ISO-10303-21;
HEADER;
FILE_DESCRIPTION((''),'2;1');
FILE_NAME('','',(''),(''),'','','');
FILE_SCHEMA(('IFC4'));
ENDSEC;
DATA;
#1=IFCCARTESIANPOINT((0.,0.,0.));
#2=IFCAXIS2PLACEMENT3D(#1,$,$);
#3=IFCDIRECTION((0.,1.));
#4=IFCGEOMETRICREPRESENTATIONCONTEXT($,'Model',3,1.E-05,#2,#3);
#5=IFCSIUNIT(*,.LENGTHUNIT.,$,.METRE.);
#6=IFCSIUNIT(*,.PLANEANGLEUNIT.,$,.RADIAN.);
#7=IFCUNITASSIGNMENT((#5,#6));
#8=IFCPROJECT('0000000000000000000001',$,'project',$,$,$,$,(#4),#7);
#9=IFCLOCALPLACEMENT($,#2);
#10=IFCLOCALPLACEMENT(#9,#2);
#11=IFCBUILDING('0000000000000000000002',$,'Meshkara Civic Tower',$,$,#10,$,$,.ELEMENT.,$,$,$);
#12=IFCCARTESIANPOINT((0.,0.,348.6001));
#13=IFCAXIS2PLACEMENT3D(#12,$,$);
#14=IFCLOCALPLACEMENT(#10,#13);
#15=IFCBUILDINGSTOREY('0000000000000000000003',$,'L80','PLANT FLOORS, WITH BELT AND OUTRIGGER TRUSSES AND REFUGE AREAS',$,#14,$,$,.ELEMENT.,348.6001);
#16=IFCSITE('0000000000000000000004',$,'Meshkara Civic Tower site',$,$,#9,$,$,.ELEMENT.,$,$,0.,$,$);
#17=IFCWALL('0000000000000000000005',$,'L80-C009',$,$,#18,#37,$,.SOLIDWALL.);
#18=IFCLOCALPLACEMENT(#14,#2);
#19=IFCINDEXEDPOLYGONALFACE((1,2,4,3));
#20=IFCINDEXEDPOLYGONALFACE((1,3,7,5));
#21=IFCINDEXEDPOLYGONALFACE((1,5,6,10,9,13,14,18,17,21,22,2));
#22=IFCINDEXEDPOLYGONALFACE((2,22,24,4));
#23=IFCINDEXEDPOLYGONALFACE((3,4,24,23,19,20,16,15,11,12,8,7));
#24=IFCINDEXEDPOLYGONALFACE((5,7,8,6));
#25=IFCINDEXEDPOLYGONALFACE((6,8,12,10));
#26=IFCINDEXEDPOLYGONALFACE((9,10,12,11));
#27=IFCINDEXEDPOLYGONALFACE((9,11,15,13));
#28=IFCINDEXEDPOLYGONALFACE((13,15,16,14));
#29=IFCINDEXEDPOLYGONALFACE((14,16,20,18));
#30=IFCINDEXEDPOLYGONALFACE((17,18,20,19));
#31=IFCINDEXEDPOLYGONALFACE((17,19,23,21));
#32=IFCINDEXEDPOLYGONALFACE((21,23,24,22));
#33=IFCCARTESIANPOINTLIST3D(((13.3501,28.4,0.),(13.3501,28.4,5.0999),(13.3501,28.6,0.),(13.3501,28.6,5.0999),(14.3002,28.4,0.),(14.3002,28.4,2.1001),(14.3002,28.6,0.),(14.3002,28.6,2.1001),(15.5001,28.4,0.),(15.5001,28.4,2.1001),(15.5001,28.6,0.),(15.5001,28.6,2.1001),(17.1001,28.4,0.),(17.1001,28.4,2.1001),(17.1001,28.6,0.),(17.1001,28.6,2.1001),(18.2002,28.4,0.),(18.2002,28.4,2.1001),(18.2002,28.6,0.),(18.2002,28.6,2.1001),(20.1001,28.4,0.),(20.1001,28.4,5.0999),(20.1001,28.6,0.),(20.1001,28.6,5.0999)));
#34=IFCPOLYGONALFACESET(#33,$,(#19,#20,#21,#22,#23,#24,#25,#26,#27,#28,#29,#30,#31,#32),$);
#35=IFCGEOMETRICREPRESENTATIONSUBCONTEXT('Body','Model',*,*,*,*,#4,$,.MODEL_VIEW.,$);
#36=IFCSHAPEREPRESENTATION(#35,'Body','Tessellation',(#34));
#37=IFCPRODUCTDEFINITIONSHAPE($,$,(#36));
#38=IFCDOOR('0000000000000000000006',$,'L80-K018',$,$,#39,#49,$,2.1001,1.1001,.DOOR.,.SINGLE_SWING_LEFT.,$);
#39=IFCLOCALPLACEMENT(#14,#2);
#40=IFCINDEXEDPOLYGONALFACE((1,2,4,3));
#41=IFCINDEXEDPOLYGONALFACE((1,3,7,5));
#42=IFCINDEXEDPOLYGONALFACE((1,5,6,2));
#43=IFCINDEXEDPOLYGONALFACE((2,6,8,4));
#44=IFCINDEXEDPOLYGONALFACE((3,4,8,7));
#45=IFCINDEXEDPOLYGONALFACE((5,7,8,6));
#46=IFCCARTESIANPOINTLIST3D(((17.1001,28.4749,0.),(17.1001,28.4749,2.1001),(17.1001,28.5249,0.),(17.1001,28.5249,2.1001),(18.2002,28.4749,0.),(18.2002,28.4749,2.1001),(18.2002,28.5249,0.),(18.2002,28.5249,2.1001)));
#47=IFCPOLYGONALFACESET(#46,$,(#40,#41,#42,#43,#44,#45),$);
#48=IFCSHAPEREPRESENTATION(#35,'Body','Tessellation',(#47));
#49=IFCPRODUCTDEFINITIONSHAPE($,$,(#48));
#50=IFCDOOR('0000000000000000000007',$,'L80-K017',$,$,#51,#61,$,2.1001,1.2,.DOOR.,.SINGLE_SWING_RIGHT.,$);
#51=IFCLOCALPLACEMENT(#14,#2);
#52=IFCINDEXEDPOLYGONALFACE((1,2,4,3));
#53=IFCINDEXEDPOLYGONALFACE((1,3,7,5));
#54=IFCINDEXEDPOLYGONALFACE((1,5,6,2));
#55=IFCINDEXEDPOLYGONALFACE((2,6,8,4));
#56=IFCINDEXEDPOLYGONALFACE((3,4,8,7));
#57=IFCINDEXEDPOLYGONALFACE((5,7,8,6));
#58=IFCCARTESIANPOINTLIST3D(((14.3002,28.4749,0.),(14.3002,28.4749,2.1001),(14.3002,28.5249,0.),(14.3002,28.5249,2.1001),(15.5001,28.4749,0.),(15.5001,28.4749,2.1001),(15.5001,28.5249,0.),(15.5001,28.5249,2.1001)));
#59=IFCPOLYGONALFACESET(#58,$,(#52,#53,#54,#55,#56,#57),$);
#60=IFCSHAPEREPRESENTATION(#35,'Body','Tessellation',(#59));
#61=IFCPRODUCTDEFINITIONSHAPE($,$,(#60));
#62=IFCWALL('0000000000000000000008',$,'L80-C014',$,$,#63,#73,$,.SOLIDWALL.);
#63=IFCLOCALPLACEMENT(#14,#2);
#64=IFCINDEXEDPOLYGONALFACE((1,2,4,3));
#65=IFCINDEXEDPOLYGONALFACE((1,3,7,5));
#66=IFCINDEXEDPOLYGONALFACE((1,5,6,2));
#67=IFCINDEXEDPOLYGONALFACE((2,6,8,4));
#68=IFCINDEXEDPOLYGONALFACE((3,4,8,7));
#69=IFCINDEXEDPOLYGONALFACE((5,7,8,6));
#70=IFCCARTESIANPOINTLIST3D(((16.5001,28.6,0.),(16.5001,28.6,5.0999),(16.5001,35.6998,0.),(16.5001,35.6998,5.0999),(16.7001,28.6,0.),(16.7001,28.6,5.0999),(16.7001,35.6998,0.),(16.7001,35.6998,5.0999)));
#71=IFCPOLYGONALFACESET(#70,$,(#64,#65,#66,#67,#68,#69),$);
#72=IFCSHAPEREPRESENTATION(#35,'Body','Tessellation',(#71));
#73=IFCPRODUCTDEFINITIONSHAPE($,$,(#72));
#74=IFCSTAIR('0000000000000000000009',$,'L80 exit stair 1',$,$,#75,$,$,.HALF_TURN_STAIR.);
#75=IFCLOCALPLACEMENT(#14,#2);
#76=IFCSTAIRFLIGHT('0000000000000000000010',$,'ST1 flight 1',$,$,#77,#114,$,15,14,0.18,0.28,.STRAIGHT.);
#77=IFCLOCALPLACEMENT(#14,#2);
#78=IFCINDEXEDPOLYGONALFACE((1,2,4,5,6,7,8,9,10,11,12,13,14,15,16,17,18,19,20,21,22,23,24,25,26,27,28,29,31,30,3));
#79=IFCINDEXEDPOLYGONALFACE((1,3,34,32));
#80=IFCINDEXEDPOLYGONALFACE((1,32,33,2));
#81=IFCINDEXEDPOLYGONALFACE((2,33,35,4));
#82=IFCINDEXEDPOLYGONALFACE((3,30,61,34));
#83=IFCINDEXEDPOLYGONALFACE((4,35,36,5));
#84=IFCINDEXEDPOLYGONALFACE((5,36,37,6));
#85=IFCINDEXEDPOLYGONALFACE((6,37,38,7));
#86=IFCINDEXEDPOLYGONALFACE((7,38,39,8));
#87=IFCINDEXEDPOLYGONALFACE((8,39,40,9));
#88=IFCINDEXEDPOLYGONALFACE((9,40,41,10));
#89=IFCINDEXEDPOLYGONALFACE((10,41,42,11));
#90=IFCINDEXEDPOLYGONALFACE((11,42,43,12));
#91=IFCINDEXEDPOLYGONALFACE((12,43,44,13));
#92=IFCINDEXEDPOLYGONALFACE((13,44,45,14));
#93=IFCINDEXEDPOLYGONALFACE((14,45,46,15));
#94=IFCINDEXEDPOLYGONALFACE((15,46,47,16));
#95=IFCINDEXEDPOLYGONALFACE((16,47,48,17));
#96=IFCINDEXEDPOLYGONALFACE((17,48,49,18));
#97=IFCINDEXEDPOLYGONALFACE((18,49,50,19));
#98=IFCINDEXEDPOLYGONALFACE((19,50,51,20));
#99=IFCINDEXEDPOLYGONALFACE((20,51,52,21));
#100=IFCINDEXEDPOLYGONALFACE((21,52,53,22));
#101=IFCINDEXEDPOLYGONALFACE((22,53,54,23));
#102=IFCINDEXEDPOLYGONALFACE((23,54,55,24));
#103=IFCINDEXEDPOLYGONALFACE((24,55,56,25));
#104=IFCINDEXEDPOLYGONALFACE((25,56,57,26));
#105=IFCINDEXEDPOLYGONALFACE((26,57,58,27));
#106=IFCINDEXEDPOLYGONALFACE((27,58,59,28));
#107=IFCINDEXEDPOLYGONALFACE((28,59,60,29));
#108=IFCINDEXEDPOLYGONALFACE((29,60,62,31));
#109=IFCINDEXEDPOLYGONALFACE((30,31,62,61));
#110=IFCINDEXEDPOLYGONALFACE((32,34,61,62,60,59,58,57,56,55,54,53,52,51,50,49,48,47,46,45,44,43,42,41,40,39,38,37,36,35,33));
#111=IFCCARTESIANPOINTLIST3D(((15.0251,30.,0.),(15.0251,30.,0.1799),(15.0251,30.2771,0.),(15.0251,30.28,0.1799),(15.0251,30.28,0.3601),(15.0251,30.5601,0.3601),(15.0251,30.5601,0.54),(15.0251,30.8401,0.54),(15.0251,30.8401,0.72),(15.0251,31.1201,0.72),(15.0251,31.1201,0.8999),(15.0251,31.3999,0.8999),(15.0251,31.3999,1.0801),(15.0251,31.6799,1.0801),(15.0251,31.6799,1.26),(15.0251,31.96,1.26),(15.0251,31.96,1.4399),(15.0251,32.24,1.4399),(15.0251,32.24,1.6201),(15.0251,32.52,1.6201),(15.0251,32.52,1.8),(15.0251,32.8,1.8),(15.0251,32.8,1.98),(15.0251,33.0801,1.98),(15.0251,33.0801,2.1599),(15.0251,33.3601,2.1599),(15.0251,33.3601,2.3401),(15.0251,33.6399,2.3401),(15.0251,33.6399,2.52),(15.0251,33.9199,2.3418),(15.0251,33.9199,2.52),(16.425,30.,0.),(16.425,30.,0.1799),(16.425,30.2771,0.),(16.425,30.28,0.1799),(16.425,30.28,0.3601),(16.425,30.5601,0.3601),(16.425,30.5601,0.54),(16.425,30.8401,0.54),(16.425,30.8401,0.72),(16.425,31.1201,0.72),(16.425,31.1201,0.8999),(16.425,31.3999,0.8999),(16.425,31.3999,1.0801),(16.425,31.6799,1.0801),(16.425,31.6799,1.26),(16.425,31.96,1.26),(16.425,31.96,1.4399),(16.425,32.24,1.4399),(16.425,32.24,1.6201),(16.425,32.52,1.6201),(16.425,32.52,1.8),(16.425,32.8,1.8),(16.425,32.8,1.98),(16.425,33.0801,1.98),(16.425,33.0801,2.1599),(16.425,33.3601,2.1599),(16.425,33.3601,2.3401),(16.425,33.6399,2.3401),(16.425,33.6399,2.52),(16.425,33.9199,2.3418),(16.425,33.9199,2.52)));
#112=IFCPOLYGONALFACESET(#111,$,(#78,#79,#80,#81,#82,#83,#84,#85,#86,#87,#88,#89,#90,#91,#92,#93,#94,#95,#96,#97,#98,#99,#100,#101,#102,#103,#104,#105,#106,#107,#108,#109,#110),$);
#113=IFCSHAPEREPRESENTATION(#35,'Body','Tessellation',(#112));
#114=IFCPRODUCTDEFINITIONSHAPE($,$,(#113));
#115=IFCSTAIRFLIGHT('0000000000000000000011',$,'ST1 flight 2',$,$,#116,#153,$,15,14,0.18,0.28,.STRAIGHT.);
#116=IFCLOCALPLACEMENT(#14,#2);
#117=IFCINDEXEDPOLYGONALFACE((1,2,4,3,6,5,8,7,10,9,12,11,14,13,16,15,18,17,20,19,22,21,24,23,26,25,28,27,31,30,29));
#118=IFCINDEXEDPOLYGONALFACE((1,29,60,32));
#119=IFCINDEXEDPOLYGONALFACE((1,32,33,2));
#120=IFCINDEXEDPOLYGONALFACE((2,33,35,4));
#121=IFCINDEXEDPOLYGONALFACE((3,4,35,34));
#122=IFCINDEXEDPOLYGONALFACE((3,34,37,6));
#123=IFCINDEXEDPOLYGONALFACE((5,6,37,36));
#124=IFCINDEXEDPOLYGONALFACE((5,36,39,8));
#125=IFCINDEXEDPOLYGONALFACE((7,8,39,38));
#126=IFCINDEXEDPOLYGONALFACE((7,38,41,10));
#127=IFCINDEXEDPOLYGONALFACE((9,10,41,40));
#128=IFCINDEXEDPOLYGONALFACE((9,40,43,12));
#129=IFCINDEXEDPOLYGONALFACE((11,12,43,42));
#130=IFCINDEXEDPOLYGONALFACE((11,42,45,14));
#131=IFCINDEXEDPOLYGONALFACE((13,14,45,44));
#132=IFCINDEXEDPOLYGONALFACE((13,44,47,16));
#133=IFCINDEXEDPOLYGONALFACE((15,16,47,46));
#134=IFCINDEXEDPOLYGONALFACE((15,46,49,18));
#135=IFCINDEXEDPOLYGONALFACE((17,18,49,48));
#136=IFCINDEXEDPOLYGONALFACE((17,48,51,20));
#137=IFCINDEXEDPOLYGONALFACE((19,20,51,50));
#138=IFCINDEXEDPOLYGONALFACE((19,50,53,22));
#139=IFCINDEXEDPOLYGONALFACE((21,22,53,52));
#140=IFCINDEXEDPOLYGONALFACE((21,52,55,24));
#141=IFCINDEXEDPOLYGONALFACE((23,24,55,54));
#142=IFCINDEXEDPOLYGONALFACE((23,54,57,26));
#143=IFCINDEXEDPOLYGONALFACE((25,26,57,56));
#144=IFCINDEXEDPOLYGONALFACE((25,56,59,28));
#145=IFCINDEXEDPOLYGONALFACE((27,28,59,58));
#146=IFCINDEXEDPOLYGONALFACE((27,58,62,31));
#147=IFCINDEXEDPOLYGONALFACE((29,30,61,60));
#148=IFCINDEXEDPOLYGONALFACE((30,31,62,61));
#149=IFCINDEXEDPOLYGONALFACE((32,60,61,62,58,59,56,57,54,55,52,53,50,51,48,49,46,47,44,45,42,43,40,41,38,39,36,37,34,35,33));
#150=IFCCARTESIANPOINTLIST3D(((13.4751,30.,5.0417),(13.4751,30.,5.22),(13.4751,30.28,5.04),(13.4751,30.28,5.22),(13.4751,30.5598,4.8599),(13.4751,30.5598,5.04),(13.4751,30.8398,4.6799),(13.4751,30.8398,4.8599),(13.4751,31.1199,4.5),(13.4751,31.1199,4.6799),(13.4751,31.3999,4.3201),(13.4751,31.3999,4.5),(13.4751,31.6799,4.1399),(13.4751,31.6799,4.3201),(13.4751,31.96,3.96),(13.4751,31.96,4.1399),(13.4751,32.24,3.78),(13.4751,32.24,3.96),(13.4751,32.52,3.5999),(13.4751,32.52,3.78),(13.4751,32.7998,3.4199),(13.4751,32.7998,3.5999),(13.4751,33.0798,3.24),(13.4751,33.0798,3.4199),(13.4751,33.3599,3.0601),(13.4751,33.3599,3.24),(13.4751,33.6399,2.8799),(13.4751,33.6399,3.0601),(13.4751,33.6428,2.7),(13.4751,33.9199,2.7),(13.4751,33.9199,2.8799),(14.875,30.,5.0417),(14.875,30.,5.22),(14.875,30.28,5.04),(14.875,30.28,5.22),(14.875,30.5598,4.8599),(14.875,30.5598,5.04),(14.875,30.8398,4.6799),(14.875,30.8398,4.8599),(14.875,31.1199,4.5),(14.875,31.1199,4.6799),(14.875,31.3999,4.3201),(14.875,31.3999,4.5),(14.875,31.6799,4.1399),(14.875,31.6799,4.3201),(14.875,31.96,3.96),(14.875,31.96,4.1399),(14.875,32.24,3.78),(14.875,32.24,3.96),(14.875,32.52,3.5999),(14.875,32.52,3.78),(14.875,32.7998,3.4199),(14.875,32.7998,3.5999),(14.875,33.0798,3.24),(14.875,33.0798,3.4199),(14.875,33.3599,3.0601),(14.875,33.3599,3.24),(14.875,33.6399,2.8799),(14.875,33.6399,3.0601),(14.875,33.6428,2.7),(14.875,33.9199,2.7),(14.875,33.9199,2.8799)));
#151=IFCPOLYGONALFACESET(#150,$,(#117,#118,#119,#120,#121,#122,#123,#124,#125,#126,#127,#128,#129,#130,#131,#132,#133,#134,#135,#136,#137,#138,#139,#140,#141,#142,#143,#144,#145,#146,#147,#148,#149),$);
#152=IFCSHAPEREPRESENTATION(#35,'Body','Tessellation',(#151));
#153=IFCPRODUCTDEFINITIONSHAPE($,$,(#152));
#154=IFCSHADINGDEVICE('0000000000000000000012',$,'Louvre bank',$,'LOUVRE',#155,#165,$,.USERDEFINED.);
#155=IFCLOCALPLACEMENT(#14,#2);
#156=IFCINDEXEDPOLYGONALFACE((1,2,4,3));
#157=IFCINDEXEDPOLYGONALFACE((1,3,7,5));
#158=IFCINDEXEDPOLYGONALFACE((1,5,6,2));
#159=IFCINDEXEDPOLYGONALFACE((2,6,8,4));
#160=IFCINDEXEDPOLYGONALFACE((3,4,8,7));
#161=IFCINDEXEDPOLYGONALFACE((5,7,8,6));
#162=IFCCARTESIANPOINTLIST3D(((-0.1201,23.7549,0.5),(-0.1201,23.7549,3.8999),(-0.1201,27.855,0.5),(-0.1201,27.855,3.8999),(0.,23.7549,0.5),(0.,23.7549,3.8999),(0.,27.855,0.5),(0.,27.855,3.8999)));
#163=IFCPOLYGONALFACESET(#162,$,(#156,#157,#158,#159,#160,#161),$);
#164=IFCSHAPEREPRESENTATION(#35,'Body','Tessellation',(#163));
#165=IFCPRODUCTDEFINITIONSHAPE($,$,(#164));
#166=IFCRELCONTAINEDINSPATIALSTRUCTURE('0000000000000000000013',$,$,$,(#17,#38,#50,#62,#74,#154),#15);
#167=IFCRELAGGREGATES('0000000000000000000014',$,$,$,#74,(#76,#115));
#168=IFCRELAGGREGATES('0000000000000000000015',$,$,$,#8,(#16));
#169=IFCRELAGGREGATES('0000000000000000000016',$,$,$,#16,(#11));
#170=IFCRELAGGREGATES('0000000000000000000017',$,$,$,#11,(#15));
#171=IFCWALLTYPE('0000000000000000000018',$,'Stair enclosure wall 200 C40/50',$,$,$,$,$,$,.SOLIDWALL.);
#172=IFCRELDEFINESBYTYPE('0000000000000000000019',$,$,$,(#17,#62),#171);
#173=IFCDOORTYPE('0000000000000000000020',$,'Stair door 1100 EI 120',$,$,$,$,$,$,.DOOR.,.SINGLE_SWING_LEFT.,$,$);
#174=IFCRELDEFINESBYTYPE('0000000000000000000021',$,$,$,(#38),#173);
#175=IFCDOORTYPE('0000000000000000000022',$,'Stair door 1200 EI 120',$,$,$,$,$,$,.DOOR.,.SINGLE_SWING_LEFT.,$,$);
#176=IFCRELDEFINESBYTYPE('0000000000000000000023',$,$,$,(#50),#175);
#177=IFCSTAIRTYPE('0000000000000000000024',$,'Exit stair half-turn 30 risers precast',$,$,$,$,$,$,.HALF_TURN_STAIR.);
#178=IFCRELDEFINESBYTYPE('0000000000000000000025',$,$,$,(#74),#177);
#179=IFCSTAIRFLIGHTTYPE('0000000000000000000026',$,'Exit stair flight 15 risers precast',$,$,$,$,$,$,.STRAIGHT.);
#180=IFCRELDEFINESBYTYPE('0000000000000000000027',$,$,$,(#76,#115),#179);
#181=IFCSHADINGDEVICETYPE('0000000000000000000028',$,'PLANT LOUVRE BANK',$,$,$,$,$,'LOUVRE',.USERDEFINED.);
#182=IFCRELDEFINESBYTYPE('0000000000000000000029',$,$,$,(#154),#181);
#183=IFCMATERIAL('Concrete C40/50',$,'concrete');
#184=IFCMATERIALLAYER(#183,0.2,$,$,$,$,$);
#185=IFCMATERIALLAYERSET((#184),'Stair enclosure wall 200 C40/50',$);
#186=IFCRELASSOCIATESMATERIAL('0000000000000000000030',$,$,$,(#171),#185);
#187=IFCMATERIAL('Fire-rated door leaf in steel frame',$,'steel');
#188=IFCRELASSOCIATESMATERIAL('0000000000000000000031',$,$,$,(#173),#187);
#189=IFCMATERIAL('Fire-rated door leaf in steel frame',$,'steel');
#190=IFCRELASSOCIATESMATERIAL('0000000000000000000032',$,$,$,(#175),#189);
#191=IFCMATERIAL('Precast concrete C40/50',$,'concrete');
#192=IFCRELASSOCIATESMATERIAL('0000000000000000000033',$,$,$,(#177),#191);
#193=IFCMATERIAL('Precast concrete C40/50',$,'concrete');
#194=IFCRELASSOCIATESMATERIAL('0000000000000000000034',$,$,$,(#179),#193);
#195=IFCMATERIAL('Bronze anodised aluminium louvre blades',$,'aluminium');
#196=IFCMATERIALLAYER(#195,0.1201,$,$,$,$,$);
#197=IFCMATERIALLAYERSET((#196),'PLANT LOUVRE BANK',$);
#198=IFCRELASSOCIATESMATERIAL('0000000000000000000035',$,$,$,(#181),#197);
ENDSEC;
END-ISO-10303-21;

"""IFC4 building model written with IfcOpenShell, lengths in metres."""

from ifc_helpers import new_model, si_unit, direction, frame, frame_2d, origin, origin_2d, place, context, subcontext, project, spatial, polyline, rectangle, outline, extrude, material, layer, layer_set, type_object, element, fill, aggregate, save


model = new_model("IFC4")

# Units and contexts
model_context = context("Model", 3, precision=1e-05, world=origin(), true_north=direction((0.0, 1.0)))
body_context = subcontext(model_context, "Body", "Model", "MODEL_VIEW")
ifc_project = project(units=[si_unit("LENGTHUNIT", "METRE"), si_unit("PLANEANGLEUNIT", "RADIAN")], contexts=[model_context])

# Site, building, storey
site_placement = place(None, origin())
site = spatial("IfcSite", under=ifc_project, at=site_placement, Name="Meshkara Civic Tower site", CompositionType="ELEMENT", RefElevation=0.0)
building_placement = place(site_placement, origin())
building = spatial("IfcBuilding", under=site, at=building_placement, Name="Meshkara Civic Tower", CompositionType="ELEMENT")
storey_placement = place(building_placement, frame((0.0, 0.0, 348.6001)))
storey = spatial("IfcBuildingStorey", under=building, at=storey_placement, Name="L80", Description="PLANT FLOORS, WITH BELT AND OUTRIGGER TRUSSES AND REFUGE AREAS", CompositionType="ELEMENT", Elevation=348.6001)

# Wall, openings, doors
ifc_material_1 = material(Name="Concrete C40/50", Category="concrete")
ifc_layer_1 = layer(ifc_material_1, 0.2)
ifc_layer_set_1 = layer_set([ifc_layer_1], Name="Stair enclosure wall 200 C40/50")
wall_type_1 = type_object("IfcWallType", Name="Stair enclosure wall 200 C40/50", PredefinedType="SOLIDWALL", material=ifc_layer_set_1)
wall_1_placement = place(storey_placement, frame((13.3501, 28.5, 0.0), z_axis=(0.0, 0.0, 1.0), x_axis=(1.0, 0.0, 0.0)))
wall_1 = element("IfcWall", 1, at=wall_1_placement, inside=storey, type_object=wall_type_1, Name="L80-C009", PredefinedType="SOLIDWALL", context=body_context, shape_type="SweptSolid", body=[
    extrude(rectangle(XDim=6.75, YDim=0.2, at=frame_2d((3.375, 0.0))), origin(), (0.0, 0.0, 1.0), 5.0999),
])
opening_1_placement = place(wall_1_placement, frame((0.95, 0.0, 0.0)))
opening_1 = element("IfcOpeningElement", 2, at=opening_1_placement, cuts=wall_1, PredefinedType="OPENING", context=body_context, shape_type="SweptSolid", body=[
    extrude(rectangle(XDim=1.2, YDim=2.1001, at=frame_2d((0.6001, 1.05))), frame((0.0, 0.1099, 0.0), z_axis=(0.0, -1.0, 0.0), x_axis=(1.0, 0.0, 0.0)), (0.0, 0.0, 1.0), 0.22),
])
opening_2_placement = place(wall_1_placement, frame((3.75, 0.0, 0.0)))
opening_2 = element("IfcOpeningElement", 3, at=opening_2_placement, cuts=wall_1, PredefinedType="OPENING", context=body_context, shape_type="SweptSolid", body=[
    extrude(rectangle(XDim=1.1001, YDim=2.1001, at=frame_2d((0.55, 1.05))), frame((0.0, 0.1099, 0.0), z_axis=(0.0, -1.0, 0.0), x_axis=(1.0, 0.0, 0.0)), (0.0, 0.0, 1.0), 0.22),
])
ifc_material_2 = material(Name="Fire-rated door leaf in steel frame", Category="steel")
door_type_1 = type_object("IfcDoorType", Name="Stair door 1100 EI 120", OperationType="SINGLE_SWING_LEFT", PredefinedType="DOOR", material=ifc_material_2)
door_1_placement = place(opening_2_placement, origin())
door_1 = element("IfcDoor", 4, at=door_1_placement, inside=storey, type_object=door_type_1, Name="L80-K018", OperationType="SINGLE_SWING_LEFT", OverallHeight=2.1001, OverallWidth=1.1001, PredefinedType="DOOR", context=body_context, shape_type="SweptSolid", body=[
    extrude(rectangle(XDim=1.1001, YDim=2.1001, at=frame_2d((0.55, 1.05))), frame((0.0, 0.0249, 0.0), z_axis=(0.0, -1.0, 0.0), x_axis=(1.0, 0.0, 0.0)), (0.0, 0.0, 1.0), 0.05),
])
fill(opening_2, door_1)
ifc_material_3 = material(Name="Fire-rated door leaf in steel frame", Category="steel")
door_type_2 = type_object("IfcDoorType", Name="Stair door 1200 EI 120", OperationType="SINGLE_SWING_LEFT", PredefinedType="DOOR", material=ifc_material_3)
door_2_placement = place(opening_1_placement, origin())
door_2 = element("IfcDoor", 5, at=door_2_placement, inside=storey, type_object=door_type_2, Name="L80-K017", OperationType="SINGLE_SWING_RIGHT", OverallHeight=2.1001, OverallWidth=1.2, PredefinedType="DOOR", context=body_context, shape_type="SweptSolid", body=[
    extrude(rectangle(XDim=1.2, YDim=2.1001, at=frame_2d((0.6001, 1.05))), frame((0.0, 0.0249, 0.0), z_axis=(0.0, -1.0, 0.0), x_axis=(1.0, 0.0, 0.0)), (0.0, 0.0, 1.0), 0.05),
])
fill(opening_1, door_2)

# Wall
wall_2_placement = place(storey_placement, frame((16.6001, 28.6001, 0.0), z_axis=(0.0, 0.0, 1.0), x_axis=(0.0, 1.0, 0.0)))
element("IfcWall", 6, at=wall_2_placement, inside=storey, type_object=wall_type_1, Name="L80-C014", PredefinedType="SOLIDWALL", context=body_context, shape_type="SweptSolid", body=[
    extrude(rectangle(XDim=7.0999, YDim=0.2, at=frame_2d((3.5498, 0.0))), origin(), (0.0, 0.0, 1.0), 5.0999),
])

# Stair, stair flights
ifc_material_4 = material(Name="Precast concrete C40/50", Category="concrete")
stair_type = type_object("IfcStairType", Name="Exit stair half-turn 30 risers precast", PredefinedType="HALF_TURN_STAIR", material=ifc_material_4)
stair_placement = place(storey_placement, origin())
stair = element("IfcStair", 7, at=stair_placement, inside=storey, type_object=stair_type, Name="L80 exit stair 1", PredefinedType="HALF_TURN_STAIR")
ifc_material_5 = material(Name="Precast concrete C40/50", Category="concrete")
stair_flight_type = type_object("IfcStairFlightType", Name="Exit stair flight 15 risers precast", PredefinedType="STRAIGHT", material=ifc_material_5)
stair_flight_1_placement = place(storey_placement, frame((15.7251, 30.0, 0.0), z_axis=(0.0, 0.0, 1.0), x_axis=(0.0, 1.0, 0.0)))
stair_flight_1 = element("IfcStairFlight", 8, at=stair_flight_1_placement, type_object=stair_flight_type, Name="ST1 flight 1", NumberOfRisers=15, NumberOfTreads=14, PredefinedType="STRAIGHT", RiserHeight=0.18, TreadLength=0.28, context=body_context, shape_type="SweptSolid", body=[
    extrude(outline(polyline([(0.0, 0.0), (0.0, 0.1799), (0.28, 0.1799), (0.28, 0.3601), (0.5601, 0.3601), (0.5601, 0.54), (0.8401, 0.54), (0.8401, 0.72), (1.1201, 0.72), (1.1201, 0.8999), (1.3999, 0.8999), (1.3999, 1.0801), (1.6799, 1.0801), (1.6799, 1.26), (1.96, 1.26), (1.96, 1.4399), (2.24, 1.4399), (2.24, 1.6201), (2.52, 1.6201), (2.52, 1.8), (2.8, 1.8), (2.8, 1.98), (3.0801, 1.98), (3.0801, 2.1599), (3.3601, 2.1599), (3.3601, 2.3401), (3.6399, 2.3401), (3.6399, 2.52), (3.9199, 2.52), (3.9199, 2.7), (3.9199, 2.3418), (0.2771, 0.0), (0.0, 0.0)])), frame((0.0, 0.7, 0.0), z_axis=(0.0, -1.0, 0.0), x_axis=(1.0, 0.0, 0.0)), (0.0, 0.0, 1.0), 1.3999),
])
stair_flight_2_placement = place(storey_placement, frame((14.175, 33.9199, 2.7), z_axis=(0.0, 0.0, 1.0), x_axis=(0.0, -1.0, 0.0)))
stair_flight_2 = element("IfcStairFlight", 9, at=stair_flight_2_placement, type_object=stair_flight_type, Name="ST1 flight 2", NumberOfRisers=15, NumberOfTreads=14, PredefinedType="STRAIGHT", RiserHeight=0.18, TreadLength=0.28, context=body_context, shape_type="SweptSolid", body=[
    extrude(outline(polyline([(0.0, 0.0), (0.0, 0.1799), (0.28, 0.1799), (0.28, 0.3601), (0.5601, 0.3601), (0.5601, 0.54), (0.8401, 0.54), (0.8401, 0.72), (1.1201, 0.72), (1.1201, 0.8999), (1.3999, 0.8999), (1.3999, 1.0801), (1.6799, 1.0801), (1.6799, 1.26), (1.96, 1.26), (1.96, 1.4399), (2.24, 1.4399), (2.24, 1.6201), (2.52, 1.6201), (2.52, 1.8), (2.8, 1.8), (2.8, 1.98), (3.0801, 1.98), (3.0801, 2.1599), (3.3601, 2.1599), (3.3601, 2.3401), (3.6399, 2.3401), (3.6399, 2.52), (3.9199, 2.52), (3.9199, 2.7), (3.9199, 2.3418), (0.2771, 0.0), (0.0, 0.0)])), frame((0.0, 0.7, 0.0), z_axis=(0.0, -1.0, 0.0), x_axis=(1.0, 0.0, 0.0)), (0.0, 0.0, 1.0), 1.3999),
])
aggregate(stair, [stair_flight_1, stair_flight_2])

# Shading device
ifc_material_6 = material(Name="Bronze anodised aluminium louvre blades", Category="aluminium")
ifc_layer_2 = layer(ifc_material_6, 0.1201)
ifc_layer_set_2 = layer_set([ifc_layer_2], Name="PLANT LOUVRE BANK")
shading_device_type = type_object("IfcShadingDeviceType", Name="PLANT LOUVRE BANK", ElementType="LOUVRE", PredefinedType="USERDEFINED", material=ifc_layer_set_2)
shading_device_placement = place(storey_placement, frame((-0.0601, 25.8049, 0.5), z_axis=(0.0, 0.0, 1.0), x_axis=(0.0, -1.0, 0.0)))
element("IfcShadingDevice", 10, at=shading_device_placement, inside=storey, type_object=shading_device_type, Name="Louvre bank", ObjectType="LOUVRE", PredefinedType="USERDEFINED", context=body_context, shape_type="SweptSolid", body=[
    extrude(rectangle(XDim=4.1001, YDim=0.1201, at=origin_2d()), origin(), (0.0, 0.0, 1.0), 3.3999),
])

save(model, "model.ifc")
